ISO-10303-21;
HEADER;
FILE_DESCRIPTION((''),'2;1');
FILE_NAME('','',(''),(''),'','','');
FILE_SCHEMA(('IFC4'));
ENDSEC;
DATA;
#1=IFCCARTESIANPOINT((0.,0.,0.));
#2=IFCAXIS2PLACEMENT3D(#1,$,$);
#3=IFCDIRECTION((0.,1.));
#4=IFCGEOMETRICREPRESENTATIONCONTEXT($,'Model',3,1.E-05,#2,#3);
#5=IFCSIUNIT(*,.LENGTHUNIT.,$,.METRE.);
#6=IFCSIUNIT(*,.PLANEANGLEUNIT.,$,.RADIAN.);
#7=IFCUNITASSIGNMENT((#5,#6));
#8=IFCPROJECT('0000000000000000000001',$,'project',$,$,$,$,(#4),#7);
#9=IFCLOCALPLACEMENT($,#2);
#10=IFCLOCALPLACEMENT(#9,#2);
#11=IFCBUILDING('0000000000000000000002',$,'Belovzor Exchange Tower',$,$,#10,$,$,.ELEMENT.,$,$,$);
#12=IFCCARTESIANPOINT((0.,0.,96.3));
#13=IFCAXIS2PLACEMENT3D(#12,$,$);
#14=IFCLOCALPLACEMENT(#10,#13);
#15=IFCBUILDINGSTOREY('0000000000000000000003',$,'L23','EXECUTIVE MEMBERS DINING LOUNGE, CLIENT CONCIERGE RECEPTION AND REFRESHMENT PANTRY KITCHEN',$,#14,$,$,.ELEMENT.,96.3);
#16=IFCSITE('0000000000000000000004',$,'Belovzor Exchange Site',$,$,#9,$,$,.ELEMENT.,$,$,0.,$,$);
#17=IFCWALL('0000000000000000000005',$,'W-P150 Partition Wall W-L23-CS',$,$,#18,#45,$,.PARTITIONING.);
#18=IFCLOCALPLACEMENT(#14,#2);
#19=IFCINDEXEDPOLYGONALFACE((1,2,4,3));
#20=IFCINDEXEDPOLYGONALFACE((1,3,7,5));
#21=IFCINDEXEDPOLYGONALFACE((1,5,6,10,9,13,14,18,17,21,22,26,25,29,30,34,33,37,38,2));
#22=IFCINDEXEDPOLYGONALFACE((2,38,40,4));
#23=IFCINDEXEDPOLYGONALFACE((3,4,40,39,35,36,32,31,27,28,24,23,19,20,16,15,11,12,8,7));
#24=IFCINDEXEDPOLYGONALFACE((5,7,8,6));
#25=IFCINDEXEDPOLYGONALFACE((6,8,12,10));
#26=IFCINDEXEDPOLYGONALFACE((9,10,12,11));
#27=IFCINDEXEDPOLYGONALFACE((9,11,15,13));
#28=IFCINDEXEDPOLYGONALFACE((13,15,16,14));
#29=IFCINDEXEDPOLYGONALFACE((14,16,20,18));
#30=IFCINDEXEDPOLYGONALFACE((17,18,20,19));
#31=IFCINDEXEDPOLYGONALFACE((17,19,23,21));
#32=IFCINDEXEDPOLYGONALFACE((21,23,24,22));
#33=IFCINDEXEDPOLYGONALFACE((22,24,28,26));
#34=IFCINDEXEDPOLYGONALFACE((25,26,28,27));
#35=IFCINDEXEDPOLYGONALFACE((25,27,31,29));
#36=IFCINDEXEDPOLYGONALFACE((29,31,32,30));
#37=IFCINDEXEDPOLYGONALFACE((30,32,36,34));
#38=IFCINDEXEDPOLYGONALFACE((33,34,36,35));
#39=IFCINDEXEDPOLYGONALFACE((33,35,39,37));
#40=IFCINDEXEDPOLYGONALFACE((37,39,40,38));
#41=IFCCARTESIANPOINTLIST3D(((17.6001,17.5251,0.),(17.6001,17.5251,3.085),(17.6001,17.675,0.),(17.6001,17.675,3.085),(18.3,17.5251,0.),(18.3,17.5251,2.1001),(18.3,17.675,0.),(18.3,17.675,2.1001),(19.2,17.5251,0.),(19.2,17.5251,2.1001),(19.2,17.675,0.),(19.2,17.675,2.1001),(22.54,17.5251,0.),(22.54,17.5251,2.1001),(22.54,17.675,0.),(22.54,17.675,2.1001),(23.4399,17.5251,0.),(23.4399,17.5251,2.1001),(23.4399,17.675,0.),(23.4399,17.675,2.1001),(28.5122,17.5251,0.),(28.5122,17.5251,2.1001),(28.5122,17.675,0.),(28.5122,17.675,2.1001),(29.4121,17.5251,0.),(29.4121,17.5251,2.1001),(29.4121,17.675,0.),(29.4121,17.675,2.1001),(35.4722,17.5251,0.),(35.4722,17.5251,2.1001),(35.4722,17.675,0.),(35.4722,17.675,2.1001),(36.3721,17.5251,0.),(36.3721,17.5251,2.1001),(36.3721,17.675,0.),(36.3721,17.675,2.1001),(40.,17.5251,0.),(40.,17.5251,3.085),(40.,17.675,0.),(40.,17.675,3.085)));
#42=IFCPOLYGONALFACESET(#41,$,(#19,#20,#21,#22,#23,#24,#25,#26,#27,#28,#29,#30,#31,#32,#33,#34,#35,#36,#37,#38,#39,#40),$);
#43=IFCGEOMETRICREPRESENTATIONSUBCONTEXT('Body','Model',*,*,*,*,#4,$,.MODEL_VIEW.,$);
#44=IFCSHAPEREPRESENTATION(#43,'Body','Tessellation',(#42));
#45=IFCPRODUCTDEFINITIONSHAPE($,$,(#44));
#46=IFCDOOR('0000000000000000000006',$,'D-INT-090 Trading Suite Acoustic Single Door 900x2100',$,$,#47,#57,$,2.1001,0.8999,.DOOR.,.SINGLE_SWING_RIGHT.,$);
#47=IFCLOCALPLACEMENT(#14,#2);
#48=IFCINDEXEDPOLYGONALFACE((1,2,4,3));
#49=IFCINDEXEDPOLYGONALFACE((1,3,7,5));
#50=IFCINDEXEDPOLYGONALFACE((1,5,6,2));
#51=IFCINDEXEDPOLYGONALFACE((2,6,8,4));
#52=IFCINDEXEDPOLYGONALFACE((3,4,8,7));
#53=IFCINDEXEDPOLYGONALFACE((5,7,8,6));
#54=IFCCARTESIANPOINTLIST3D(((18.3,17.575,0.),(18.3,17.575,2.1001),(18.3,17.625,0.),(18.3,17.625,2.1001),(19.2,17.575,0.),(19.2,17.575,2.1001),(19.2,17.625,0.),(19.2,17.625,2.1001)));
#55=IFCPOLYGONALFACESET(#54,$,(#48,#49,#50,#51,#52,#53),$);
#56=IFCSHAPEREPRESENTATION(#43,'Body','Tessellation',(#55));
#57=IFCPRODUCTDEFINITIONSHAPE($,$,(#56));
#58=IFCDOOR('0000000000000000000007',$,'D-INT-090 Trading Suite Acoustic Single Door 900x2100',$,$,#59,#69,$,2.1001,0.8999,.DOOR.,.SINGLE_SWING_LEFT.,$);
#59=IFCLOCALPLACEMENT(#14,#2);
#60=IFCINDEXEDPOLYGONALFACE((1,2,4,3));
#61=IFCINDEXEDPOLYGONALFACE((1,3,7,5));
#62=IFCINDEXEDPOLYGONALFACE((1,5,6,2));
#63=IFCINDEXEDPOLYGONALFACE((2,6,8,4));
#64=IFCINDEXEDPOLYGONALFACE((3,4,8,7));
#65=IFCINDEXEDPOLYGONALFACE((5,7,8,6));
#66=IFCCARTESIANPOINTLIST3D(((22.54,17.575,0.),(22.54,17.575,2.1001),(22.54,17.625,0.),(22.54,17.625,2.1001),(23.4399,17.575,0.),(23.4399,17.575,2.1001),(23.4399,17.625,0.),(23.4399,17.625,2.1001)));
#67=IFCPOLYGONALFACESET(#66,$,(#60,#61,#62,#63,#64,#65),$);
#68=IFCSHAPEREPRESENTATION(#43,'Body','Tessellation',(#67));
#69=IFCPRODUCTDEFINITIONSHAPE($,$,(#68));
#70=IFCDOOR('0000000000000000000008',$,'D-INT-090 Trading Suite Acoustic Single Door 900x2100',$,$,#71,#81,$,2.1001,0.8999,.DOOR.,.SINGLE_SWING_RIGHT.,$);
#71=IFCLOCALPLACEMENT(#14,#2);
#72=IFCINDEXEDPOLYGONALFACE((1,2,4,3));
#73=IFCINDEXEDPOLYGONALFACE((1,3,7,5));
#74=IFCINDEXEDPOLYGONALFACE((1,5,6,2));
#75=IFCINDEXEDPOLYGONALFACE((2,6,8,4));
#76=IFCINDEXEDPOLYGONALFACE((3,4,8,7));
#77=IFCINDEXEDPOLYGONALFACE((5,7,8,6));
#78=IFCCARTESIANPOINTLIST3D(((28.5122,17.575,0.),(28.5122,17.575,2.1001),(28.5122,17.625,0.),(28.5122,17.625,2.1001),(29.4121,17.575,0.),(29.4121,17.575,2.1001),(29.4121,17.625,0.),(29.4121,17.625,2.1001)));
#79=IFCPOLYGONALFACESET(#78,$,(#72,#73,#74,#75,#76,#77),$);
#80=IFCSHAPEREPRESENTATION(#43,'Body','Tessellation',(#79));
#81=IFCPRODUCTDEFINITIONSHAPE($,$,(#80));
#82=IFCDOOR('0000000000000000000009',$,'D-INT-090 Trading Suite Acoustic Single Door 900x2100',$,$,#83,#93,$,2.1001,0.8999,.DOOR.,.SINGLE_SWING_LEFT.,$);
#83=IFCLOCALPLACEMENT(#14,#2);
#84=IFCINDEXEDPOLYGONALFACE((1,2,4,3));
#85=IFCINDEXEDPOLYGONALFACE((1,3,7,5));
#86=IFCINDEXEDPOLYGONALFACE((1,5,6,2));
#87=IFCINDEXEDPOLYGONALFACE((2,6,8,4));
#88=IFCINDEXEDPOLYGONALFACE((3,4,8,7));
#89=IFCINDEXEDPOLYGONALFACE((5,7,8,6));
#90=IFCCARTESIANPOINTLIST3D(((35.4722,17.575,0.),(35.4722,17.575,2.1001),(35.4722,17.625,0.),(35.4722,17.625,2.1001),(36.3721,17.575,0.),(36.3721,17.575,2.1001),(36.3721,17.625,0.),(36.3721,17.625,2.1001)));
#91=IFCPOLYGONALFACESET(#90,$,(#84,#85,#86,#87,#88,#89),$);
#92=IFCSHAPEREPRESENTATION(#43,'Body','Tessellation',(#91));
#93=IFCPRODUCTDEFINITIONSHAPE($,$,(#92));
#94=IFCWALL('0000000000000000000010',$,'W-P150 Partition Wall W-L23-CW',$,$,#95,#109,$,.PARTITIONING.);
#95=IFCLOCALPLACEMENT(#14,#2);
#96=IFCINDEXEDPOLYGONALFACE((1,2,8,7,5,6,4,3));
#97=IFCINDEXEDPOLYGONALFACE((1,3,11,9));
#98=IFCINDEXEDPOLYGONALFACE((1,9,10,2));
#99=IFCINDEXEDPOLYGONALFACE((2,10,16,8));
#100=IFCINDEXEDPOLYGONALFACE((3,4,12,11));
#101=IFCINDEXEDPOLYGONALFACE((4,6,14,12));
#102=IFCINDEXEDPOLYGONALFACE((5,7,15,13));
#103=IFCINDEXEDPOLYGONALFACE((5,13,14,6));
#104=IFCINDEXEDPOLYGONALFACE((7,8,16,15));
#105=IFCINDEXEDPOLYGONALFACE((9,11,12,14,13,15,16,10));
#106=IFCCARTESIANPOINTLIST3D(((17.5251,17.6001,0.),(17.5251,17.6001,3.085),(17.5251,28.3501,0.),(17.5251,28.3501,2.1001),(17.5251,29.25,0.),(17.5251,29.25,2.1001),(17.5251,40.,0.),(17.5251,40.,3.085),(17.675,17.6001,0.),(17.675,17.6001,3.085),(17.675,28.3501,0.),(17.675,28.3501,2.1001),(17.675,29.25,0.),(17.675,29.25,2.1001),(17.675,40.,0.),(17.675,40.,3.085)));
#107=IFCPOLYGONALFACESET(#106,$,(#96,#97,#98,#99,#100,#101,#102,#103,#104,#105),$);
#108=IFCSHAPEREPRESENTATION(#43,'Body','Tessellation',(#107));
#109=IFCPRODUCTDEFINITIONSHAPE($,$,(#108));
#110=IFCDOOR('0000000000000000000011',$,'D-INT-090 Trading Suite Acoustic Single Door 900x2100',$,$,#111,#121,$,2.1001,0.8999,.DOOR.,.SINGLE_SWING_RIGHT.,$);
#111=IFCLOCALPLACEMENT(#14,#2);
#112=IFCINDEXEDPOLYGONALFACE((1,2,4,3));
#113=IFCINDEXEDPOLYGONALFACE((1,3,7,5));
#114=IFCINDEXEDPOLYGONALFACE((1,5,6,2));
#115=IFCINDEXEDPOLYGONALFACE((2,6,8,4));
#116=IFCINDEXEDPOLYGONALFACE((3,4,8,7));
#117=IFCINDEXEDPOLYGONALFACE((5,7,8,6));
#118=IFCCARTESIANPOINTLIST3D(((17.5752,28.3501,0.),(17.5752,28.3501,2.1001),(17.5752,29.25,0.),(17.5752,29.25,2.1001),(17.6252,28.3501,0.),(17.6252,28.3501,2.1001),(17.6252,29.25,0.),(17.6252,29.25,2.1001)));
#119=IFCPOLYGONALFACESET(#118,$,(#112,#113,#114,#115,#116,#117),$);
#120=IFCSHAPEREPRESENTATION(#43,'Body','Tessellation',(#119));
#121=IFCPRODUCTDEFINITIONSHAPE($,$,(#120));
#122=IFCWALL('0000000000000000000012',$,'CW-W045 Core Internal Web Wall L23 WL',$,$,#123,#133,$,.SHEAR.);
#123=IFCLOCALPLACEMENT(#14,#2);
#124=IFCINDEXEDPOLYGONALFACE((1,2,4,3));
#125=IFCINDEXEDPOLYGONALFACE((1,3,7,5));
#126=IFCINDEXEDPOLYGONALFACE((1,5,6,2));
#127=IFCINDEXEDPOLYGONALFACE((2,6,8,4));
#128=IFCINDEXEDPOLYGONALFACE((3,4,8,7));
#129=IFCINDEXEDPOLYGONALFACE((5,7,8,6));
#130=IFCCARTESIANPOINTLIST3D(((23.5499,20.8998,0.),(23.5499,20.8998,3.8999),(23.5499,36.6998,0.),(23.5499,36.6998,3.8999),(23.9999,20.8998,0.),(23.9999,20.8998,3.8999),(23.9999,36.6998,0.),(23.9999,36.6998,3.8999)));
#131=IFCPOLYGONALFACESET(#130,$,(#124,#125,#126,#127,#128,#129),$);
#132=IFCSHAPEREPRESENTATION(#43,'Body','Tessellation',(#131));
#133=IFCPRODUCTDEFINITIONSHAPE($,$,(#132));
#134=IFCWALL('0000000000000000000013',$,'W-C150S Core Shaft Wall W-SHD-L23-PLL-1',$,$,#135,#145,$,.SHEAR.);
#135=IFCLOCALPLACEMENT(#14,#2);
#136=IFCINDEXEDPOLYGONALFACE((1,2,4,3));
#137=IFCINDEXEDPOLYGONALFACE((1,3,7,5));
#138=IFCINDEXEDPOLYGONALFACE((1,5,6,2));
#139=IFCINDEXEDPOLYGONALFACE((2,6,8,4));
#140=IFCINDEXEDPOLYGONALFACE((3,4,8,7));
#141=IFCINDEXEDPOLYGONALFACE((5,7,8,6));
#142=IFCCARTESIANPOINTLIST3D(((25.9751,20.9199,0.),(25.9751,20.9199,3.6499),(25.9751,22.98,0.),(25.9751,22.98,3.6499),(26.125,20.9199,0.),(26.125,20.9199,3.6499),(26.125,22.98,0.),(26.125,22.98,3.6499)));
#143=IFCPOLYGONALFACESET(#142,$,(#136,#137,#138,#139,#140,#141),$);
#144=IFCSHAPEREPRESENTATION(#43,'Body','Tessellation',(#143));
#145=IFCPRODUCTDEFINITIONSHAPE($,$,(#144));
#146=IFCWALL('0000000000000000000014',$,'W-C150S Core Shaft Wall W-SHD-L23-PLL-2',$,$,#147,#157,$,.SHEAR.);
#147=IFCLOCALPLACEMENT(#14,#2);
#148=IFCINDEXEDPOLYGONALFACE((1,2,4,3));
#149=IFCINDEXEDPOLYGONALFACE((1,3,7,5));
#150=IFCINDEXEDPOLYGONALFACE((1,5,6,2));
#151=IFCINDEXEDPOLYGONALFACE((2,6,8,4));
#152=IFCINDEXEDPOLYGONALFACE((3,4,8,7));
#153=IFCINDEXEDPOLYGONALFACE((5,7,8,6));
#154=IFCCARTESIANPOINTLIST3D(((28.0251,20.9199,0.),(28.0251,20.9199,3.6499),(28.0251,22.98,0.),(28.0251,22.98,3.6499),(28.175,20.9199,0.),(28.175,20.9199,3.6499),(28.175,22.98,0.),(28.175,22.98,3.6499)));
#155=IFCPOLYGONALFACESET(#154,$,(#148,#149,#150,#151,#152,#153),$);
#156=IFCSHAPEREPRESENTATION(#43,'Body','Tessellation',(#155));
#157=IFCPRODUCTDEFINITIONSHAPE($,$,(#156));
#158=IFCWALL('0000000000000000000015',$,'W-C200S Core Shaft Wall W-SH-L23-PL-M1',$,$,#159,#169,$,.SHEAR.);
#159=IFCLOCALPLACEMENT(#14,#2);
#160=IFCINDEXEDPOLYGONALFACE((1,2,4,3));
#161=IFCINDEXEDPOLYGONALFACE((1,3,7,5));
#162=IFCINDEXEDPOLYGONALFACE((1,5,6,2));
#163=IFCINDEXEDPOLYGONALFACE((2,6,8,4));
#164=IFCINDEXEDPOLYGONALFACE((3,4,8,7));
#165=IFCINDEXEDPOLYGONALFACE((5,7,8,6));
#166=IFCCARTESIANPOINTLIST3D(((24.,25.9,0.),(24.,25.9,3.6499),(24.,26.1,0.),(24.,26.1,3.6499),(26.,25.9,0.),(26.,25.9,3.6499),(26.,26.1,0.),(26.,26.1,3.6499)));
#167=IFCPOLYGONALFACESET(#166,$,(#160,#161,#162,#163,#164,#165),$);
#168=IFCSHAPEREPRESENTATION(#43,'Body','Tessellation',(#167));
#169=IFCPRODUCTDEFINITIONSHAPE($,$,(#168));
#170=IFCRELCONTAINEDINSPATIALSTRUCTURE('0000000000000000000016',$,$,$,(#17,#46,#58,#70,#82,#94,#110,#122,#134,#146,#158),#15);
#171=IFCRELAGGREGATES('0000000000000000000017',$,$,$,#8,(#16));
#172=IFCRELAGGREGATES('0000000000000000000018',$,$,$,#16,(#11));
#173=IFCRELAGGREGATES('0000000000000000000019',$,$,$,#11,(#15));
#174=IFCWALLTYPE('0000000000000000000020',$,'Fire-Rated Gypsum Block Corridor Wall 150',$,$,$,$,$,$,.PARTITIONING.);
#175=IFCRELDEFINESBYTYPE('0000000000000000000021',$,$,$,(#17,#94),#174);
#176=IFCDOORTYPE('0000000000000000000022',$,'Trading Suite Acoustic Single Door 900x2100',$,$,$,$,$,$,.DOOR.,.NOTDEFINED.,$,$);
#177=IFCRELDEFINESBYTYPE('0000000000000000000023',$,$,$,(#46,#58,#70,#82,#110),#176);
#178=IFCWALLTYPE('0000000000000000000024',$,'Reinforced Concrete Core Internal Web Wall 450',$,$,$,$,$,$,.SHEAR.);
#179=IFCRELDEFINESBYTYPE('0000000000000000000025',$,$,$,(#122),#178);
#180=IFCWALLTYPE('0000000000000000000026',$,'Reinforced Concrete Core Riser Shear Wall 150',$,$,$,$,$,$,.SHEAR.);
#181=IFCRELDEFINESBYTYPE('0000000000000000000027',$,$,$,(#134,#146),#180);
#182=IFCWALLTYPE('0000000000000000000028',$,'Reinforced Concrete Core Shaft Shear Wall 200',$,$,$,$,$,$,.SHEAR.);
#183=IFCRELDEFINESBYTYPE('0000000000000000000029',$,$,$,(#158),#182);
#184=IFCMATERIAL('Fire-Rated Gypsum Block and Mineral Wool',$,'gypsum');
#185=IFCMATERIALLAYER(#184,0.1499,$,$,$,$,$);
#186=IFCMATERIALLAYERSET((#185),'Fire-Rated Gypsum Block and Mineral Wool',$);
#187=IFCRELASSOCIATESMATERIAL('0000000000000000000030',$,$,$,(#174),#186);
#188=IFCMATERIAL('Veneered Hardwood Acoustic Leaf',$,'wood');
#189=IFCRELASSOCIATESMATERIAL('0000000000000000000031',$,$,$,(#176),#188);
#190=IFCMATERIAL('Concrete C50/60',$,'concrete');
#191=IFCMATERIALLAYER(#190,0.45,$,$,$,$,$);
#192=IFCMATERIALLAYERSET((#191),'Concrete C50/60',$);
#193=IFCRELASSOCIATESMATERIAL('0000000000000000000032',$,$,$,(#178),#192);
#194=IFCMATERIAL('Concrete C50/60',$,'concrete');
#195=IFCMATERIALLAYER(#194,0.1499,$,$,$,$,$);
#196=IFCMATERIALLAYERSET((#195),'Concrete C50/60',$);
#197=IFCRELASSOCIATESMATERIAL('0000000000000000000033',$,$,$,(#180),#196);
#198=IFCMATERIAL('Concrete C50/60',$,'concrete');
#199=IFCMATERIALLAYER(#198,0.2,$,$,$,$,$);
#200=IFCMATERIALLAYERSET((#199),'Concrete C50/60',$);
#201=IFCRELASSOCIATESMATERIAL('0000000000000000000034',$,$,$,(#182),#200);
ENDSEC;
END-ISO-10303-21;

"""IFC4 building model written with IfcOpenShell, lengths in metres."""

from ifc_helpers import new_model, si_unit, direction, frame, frame_2d, origin, place, context, subcontext, project, spatial, rectangle, extrude, material, layer, layer_set, type_object, element, fill, save


model = new_model("IFC4")

# Units and contexts
model_context = context("Model", 3, precision=1e-05, world=origin(), true_north=direction((0.0, 1.0)))
body_context = subcontext(model_context, "Body", "Model", "MODEL_VIEW")
ifc_project = project(units=[si_unit("LENGTHUNIT", "METRE"), si_unit("PLANEANGLEUNIT", "RADIAN")], contexts=[model_context])

# Site, building, storey
site_placement = place(None, origin())
site = spatial("IfcSite", under=ifc_project, at=site_placement, Name="Belovzor Exchange Site", CompositionType="ELEMENT", RefElevation=0.0)
building_placement = place(site_placement, origin())
building = spatial("IfcBuilding", under=site, at=building_placement, Name="Belovzor Exchange Tower", CompositionType="ELEMENT")
storey_placement = place(building_placement, frame((0.0, 0.0, 96.3)))
storey = spatial("IfcBuildingStorey", under=building, at=storey_placement, Name="L23", Description="EXECUTIVE MEMBERS DINING LOUNGE, CLIENT CONCIERGE RECEPTION AND REFRESHMENT PANTRY KITCHEN", CompositionType="ELEMENT", Elevation=96.3)

# Wall, openings, doors
ifc_material_1 = material(Name="Fire-Rated Gypsum Block and Mineral Wool", Category="gypsum")
ifc_layer_1 = layer(ifc_material_1, 0.1499)
ifc_layer_set_1 = layer_set([ifc_layer_1], Name="Fire-Rated Gypsum Block and Mineral Wool")
wall_type_1 = type_object("IfcWallType", Name="Fire-Rated Gypsum Block Corridor Wall 150", PredefinedType="PARTITIONING", material=ifc_layer_set_1)
wall_1_placement = place(storey_placement, frame((17.6001, 17.6001, 0.0), z_axis=(0.0, 0.0, 1.0), x_axis=(1.0, 0.0, 0.0)))
wall_1 = element("IfcWall", 1, at=wall_1_placement, inside=storey, type_object=wall_type_1, Name="W-P150 Partition Wall W-L23-CS", PredefinedType="PARTITIONING", context=body_context, shape_type="SweptSolid", body=[
    extrude(rectangle(XDim=22.3999, YDim=0.1499, at=frame_2d((11.2, 0.0))), origin(), (0.0, 0.0, 1.0), 3.085),
])
opening_1_placement = place(wall_1_placement, frame((0.7, 0.0, 0.0)))
opening_1 = element("IfcOpeningElement", 2, at=opening_1_placement, cuts=wall_1, PredefinedType="OPENING", context=body_context, shape_type="SweptSolid", body=[
    extrude(rectangle(XDim=0.8999, YDim=2.1001, at=frame_2d((0.45, 1.05))), frame((0.0, 0.085, 0.0), z_axis=(0.0, -1.0, 0.0), x_axis=(1.0, 0.0, 0.0)), (0.0, 0.0, 1.0), 0.1699),
])
opening_2_placement = place(wall_1_placement, frame((4.9399, 0.0, 0.0)))
opening_2 = element("IfcOpeningElement", 3, at=opening_2_placement, cuts=wall_1, PredefinedType="OPENING", context=body_context, shape_type="SweptSolid", body=[
    extrude(rectangle(XDim=0.8999, YDim=2.1001, at=frame_2d((0.45, 1.05))), frame((0.0, 0.085, 0.0), z_axis=(0.0, -1.0, 0.0), x_axis=(1.0, 0.0, 0.0)), (0.0, 0.0, 1.0), 0.1699),
])
opening_3_placement = place(wall_1_placement, frame((10.9121, 0.0, 0.0)))
opening_3 = element("IfcOpeningElement", 4, at=opening_3_placement, cuts=wall_1, PredefinedType="OPENING", context=body_context, shape_type="SweptSolid", body=[
    extrude(rectangle(XDim=0.8999, YDim=2.1001, at=frame_2d((0.45, 1.05))), frame((0.0, 0.085, 0.0), z_axis=(0.0, -1.0, 0.0), x_axis=(1.0, 0.0, 0.0)), (0.0, 0.0, 1.0), 0.1699),
])
opening_4_placement = place(wall_1_placement, frame((17.8721, 0.0, 0.0)))
opening_4 = element("IfcOpeningElement", 5, at=opening_4_placement, cuts=wall_1, PredefinedType="OPENING", context=body_context, shape_type="SweptSolid", body=[
    extrude(rectangle(XDim=0.8999, YDim=2.1001, at=frame_2d((0.45, 1.05))), frame((0.0, 0.085, 0.0), z_axis=(0.0, -1.0, 0.0), x_axis=(1.0, 0.0, 0.0)), (0.0, 0.0, 1.0), 0.1699),
])
ifc_material_2 = material(Name="Veneered Hardwood Acoustic Leaf", Category="wood")
door_type_1 = type_object("IfcDoorType", Name="Trading Suite Acoustic Single Door 900x2100", OperationType="NOTDEFINED", PredefinedType="DOOR", material=ifc_material_2)
door_1_placement = place(opening_1_placement, origin())
door_1 = element("IfcDoor", 6, at=door_1_placement, inside=storey, type_object=door_type_1, Name="D-INT-090 Trading Suite Acoustic Single Door 900x2100", OperationType="SINGLE_SWING_RIGHT", OverallHeight=2.1001, OverallWidth=0.8999, PredefinedType="DOOR", context=body_context, shape_type="SweptSolid", body=[
    extrude(rectangle(XDim=0.8999, YDim=2.1001, at=frame_2d((0.45, 1.05))), frame((0.0, 0.0249, 0.0), z_axis=(0.0, -1.0, 0.0), x_axis=(1.0, 0.0, 0.0)), (0.0, 0.0, 1.0), 0.05),
])
fill(opening_1, door_1)
door_2_placement = place(opening_2_placement, origin())
door_2 = element("IfcDoor", 7, at=door_2_placement, inside=storey, type_object=door_type_1, Name="D-INT-090 Trading Suite Acoustic Single Door 900x2100", OperationType="SINGLE_SWING_LEFT", OverallHeight=2.1001, OverallWidth=0.8999, PredefinedType="DOOR", context=body_context, shape_type="SweptSolid", body=[
    extrude(rectangle(XDim=0.8999, YDim=2.1001, at=frame_2d((0.45, 1.05))), frame((0.0, 0.0249, 0.0), z_axis=(0.0, -1.0, 0.0), x_axis=(1.0, 0.0, 0.0)), (0.0, 0.0, 1.0), 0.05),
])
fill(opening_2, door_2)
door_3_placement = place(opening_3_placement, origin())
door_3 = element("IfcDoor", 8, at=door_3_placement, inside=storey, type_object=door_type_1, Name="D-INT-090 Trading Suite Acoustic Single Door 900x2100", OperationType="SINGLE_SWING_RIGHT", OverallHeight=2.1001, OverallWidth=0.8999, PredefinedType="DOOR", context=body_context, shape_type="SweptSolid", body=[
    extrude(rectangle(XDim=0.8999, YDim=2.1001, at=frame_2d((0.45, 1.05))), frame((0.0, 0.0249, 0.0), z_axis=(0.0, -1.0, 0.0), x_axis=(1.0, 0.0, 0.0)), (0.0, 0.0, 1.0), 0.05),
])
fill(opening_3, door_3)
door_4_placement = place(opening_4_placement, origin())
door_4 = element("IfcDoor", 9, at=door_4_placement, inside=storey, type_object=door_type_1, Name="D-INT-090 Trading Suite Acoustic Single Door 900x2100", OperationType="SINGLE_SWING_LEFT", OverallHeight=2.1001, OverallWidth=0.8999, PredefinedType="DOOR", context=body_context, shape_type="SweptSolid", body=[
    extrude(rectangle(XDim=0.8999, YDim=2.1001, at=frame_2d((0.45, 1.05))), frame((0.0, 0.0249, 0.0), z_axis=(0.0, -1.0, 0.0), x_axis=(1.0, 0.0, 0.0)), (0.0, 0.0, 1.0), 0.05),
])
fill(opening_4, door_4)

# Wall, opening, door
wall_2_placement = place(storey_placement, frame((17.6001, 17.6001, 0.0), z_axis=(0.0, 0.0, 1.0), x_axis=(0.0, 1.0, 0.0)))
wall_2 = element("IfcWall", 10, at=wall_2_placement, inside=storey, type_object=wall_type_1, Name="W-P150 Partition Wall W-L23-CW", PredefinedType="PARTITIONING", context=body_context, shape_type="SweptSolid", body=[
    extrude(rectangle(XDim=22.3999, YDim=0.1499, at=frame_2d((11.2, 0.0))), origin(), (0.0, 0.0, 1.0), 3.085),
])
opening_5_placement = place(wall_2_placement, frame((10.75, 0.0, 0.0)))
opening_5 = element("IfcOpeningElement", 11, at=opening_5_placement, cuts=wall_2, PredefinedType="OPENING", context=body_context, shape_type="SweptSolid", body=[
    extrude(rectangle(XDim=0.8999, YDim=2.1001, at=frame_2d((0.45, 1.05))), frame((0.0, 0.085, 0.0), z_axis=(0.0, -1.0, 0.0), x_axis=(1.0, 0.0, 0.0)), (0.0, 0.0, 1.0), 0.1699),
])
door_5_placement = place(opening_5_placement, origin())
door_5 = element("IfcDoor", 12, at=door_5_placement, inside=storey, type_object=door_type_1, Name="D-INT-090 Trading Suite Acoustic Single Door 900x2100", OperationType="SINGLE_SWING_RIGHT", OverallHeight=2.1001, OverallWidth=0.8999, PredefinedType="DOOR", context=body_context, shape_type="SweptSolid", body=[
    extrude(rectangle(XDim=0.8999, YDim=2.1001, at=frame_2d((0.45, 1.05))), frame((0.0, 0.0249, 0.0), z_axis=(0.0, -1.0, 0.0), x_axis=(1.0, 0.0, 0.0)), (0.0, 0.0, 1.0), 0.05),
])
fill(opening_5, door_5)

# Walls
ifc_material_3 = material(Name="Concrete C50/60", Category="concrete")
ifc_layer_2 = layer(ifc_material_3, 0.45)
ifc_layer_set_2 = layer_set([ifc_layer_2], Name="Concrete C50/60")
wall_type_2 = type_object("IfcWallType", Name="Reinforced Concrete Core Internal Web Wall 450", PredefinedType="SHEAR", material=ifc_layer_set_2)
wall_3_placement = place(storey_placement, frame((23.7749, 20.8999, 0.0), z_axis=(0.0, 0.0, 1.0), x_axis=(0.0, 1.0, 0.0)))
element("IfcWall", 13, at=wall_3_placement, inside=storey, type_object=wall_type_2, Name="CW-W045 Core Internal Web Wall L23 WL", PredefinedType="SHEAR", context=body_context, shape_type="SweptSolid", body=[
    extrude(rectangle(XDim=15.8, YDim=0.45, at=frame_2d((7.8999, 0.0))), origin(), (0.0, 0.0, 1.0), 3.8999),
])
ifc_material_4 = material(Name="Concrete C50/60", Category="concrete")
ifc_layer_3 = layer(ifc_material_4, 0.1499)
ifc_layer_set_3 = layer_set([ifc_layer_3], Name="Concrete C50/60")
wall_type_3 = type_object("IfcWallType", Name="Reinforced Concrete Core Riser Shear Wall 150", PredefinedType="SHEAR", material=ifc_layer_set_3)
for number, where, z_axis, x_axis, name in (
    (14, (26.05, 20.9199, 0.0), (0.0, 0.0, 1.0), (0.0, 1.0, 0.0), "W-C150S Core Shaft Wall W-SHD-L23-PLL-1"),
    (15, (28.1001, 20.9199, 0.0), (0.0, 0.0, 1.0), (0.0, 1.0, 0.0), "W-C150S Core Shaft Wall W-SHD-L23-PLL-2"),
):
    element("IfcWall", number, at=place(storey_placement, frame(where, z_axis=z_axis, x_axis=x_axis)), inside=storey, type_object=wall_type_3, Name=name, PredefinedType="SHEAR", context=body_context, shape_type="SweptSolid", body=[
        extrude(rectangle(XDim=2.0601, YDim=0.1499, at=frame_2d((1.03, 0.0))), origin(), (0.0, 0.0, 1.0), 3.6499),
    ])

# Shared definitions
ifc_material_5 = material(Name="Concrete C50/60", Category="concrete")
ifc_layer_4 = layer(ifc_material_5, 0.2)
ifc_layer_set_4 = layer_set([ifc_layer_4], Name="Concrete C50/60")
wall_type_4 = type_object("IfcWallType", Name="Reinforced Concrete Core Shaft Shear Wall 200", PredefinedType="SHEAR", material=ifc_layer_set_4)

# Wall
wall_4_placement = place(storey_placement, frame((24.0, 26.0, 0.0), z_axis=(0.0, 0.0, 1.0), x_axis=(1.0, 0.0, 0.0)))
element("IfcWall", 16, at=wall_4_placement, inside=storey, type_object=wall_type_4, Name="W-C200S Core Shaft Wall W-SH-L23-PL-M1", PredefinedType="SHEAR", context=body_context, shape_type="SweptSolid", body=[
    extrude(rectangle(XDim=2.0, YDim=0.2, at=frame_2d((1.0, 0.0))), origin(), (0.0, 0.0, 1.0), 3.6499),
])

save(model, "model.ifc")
